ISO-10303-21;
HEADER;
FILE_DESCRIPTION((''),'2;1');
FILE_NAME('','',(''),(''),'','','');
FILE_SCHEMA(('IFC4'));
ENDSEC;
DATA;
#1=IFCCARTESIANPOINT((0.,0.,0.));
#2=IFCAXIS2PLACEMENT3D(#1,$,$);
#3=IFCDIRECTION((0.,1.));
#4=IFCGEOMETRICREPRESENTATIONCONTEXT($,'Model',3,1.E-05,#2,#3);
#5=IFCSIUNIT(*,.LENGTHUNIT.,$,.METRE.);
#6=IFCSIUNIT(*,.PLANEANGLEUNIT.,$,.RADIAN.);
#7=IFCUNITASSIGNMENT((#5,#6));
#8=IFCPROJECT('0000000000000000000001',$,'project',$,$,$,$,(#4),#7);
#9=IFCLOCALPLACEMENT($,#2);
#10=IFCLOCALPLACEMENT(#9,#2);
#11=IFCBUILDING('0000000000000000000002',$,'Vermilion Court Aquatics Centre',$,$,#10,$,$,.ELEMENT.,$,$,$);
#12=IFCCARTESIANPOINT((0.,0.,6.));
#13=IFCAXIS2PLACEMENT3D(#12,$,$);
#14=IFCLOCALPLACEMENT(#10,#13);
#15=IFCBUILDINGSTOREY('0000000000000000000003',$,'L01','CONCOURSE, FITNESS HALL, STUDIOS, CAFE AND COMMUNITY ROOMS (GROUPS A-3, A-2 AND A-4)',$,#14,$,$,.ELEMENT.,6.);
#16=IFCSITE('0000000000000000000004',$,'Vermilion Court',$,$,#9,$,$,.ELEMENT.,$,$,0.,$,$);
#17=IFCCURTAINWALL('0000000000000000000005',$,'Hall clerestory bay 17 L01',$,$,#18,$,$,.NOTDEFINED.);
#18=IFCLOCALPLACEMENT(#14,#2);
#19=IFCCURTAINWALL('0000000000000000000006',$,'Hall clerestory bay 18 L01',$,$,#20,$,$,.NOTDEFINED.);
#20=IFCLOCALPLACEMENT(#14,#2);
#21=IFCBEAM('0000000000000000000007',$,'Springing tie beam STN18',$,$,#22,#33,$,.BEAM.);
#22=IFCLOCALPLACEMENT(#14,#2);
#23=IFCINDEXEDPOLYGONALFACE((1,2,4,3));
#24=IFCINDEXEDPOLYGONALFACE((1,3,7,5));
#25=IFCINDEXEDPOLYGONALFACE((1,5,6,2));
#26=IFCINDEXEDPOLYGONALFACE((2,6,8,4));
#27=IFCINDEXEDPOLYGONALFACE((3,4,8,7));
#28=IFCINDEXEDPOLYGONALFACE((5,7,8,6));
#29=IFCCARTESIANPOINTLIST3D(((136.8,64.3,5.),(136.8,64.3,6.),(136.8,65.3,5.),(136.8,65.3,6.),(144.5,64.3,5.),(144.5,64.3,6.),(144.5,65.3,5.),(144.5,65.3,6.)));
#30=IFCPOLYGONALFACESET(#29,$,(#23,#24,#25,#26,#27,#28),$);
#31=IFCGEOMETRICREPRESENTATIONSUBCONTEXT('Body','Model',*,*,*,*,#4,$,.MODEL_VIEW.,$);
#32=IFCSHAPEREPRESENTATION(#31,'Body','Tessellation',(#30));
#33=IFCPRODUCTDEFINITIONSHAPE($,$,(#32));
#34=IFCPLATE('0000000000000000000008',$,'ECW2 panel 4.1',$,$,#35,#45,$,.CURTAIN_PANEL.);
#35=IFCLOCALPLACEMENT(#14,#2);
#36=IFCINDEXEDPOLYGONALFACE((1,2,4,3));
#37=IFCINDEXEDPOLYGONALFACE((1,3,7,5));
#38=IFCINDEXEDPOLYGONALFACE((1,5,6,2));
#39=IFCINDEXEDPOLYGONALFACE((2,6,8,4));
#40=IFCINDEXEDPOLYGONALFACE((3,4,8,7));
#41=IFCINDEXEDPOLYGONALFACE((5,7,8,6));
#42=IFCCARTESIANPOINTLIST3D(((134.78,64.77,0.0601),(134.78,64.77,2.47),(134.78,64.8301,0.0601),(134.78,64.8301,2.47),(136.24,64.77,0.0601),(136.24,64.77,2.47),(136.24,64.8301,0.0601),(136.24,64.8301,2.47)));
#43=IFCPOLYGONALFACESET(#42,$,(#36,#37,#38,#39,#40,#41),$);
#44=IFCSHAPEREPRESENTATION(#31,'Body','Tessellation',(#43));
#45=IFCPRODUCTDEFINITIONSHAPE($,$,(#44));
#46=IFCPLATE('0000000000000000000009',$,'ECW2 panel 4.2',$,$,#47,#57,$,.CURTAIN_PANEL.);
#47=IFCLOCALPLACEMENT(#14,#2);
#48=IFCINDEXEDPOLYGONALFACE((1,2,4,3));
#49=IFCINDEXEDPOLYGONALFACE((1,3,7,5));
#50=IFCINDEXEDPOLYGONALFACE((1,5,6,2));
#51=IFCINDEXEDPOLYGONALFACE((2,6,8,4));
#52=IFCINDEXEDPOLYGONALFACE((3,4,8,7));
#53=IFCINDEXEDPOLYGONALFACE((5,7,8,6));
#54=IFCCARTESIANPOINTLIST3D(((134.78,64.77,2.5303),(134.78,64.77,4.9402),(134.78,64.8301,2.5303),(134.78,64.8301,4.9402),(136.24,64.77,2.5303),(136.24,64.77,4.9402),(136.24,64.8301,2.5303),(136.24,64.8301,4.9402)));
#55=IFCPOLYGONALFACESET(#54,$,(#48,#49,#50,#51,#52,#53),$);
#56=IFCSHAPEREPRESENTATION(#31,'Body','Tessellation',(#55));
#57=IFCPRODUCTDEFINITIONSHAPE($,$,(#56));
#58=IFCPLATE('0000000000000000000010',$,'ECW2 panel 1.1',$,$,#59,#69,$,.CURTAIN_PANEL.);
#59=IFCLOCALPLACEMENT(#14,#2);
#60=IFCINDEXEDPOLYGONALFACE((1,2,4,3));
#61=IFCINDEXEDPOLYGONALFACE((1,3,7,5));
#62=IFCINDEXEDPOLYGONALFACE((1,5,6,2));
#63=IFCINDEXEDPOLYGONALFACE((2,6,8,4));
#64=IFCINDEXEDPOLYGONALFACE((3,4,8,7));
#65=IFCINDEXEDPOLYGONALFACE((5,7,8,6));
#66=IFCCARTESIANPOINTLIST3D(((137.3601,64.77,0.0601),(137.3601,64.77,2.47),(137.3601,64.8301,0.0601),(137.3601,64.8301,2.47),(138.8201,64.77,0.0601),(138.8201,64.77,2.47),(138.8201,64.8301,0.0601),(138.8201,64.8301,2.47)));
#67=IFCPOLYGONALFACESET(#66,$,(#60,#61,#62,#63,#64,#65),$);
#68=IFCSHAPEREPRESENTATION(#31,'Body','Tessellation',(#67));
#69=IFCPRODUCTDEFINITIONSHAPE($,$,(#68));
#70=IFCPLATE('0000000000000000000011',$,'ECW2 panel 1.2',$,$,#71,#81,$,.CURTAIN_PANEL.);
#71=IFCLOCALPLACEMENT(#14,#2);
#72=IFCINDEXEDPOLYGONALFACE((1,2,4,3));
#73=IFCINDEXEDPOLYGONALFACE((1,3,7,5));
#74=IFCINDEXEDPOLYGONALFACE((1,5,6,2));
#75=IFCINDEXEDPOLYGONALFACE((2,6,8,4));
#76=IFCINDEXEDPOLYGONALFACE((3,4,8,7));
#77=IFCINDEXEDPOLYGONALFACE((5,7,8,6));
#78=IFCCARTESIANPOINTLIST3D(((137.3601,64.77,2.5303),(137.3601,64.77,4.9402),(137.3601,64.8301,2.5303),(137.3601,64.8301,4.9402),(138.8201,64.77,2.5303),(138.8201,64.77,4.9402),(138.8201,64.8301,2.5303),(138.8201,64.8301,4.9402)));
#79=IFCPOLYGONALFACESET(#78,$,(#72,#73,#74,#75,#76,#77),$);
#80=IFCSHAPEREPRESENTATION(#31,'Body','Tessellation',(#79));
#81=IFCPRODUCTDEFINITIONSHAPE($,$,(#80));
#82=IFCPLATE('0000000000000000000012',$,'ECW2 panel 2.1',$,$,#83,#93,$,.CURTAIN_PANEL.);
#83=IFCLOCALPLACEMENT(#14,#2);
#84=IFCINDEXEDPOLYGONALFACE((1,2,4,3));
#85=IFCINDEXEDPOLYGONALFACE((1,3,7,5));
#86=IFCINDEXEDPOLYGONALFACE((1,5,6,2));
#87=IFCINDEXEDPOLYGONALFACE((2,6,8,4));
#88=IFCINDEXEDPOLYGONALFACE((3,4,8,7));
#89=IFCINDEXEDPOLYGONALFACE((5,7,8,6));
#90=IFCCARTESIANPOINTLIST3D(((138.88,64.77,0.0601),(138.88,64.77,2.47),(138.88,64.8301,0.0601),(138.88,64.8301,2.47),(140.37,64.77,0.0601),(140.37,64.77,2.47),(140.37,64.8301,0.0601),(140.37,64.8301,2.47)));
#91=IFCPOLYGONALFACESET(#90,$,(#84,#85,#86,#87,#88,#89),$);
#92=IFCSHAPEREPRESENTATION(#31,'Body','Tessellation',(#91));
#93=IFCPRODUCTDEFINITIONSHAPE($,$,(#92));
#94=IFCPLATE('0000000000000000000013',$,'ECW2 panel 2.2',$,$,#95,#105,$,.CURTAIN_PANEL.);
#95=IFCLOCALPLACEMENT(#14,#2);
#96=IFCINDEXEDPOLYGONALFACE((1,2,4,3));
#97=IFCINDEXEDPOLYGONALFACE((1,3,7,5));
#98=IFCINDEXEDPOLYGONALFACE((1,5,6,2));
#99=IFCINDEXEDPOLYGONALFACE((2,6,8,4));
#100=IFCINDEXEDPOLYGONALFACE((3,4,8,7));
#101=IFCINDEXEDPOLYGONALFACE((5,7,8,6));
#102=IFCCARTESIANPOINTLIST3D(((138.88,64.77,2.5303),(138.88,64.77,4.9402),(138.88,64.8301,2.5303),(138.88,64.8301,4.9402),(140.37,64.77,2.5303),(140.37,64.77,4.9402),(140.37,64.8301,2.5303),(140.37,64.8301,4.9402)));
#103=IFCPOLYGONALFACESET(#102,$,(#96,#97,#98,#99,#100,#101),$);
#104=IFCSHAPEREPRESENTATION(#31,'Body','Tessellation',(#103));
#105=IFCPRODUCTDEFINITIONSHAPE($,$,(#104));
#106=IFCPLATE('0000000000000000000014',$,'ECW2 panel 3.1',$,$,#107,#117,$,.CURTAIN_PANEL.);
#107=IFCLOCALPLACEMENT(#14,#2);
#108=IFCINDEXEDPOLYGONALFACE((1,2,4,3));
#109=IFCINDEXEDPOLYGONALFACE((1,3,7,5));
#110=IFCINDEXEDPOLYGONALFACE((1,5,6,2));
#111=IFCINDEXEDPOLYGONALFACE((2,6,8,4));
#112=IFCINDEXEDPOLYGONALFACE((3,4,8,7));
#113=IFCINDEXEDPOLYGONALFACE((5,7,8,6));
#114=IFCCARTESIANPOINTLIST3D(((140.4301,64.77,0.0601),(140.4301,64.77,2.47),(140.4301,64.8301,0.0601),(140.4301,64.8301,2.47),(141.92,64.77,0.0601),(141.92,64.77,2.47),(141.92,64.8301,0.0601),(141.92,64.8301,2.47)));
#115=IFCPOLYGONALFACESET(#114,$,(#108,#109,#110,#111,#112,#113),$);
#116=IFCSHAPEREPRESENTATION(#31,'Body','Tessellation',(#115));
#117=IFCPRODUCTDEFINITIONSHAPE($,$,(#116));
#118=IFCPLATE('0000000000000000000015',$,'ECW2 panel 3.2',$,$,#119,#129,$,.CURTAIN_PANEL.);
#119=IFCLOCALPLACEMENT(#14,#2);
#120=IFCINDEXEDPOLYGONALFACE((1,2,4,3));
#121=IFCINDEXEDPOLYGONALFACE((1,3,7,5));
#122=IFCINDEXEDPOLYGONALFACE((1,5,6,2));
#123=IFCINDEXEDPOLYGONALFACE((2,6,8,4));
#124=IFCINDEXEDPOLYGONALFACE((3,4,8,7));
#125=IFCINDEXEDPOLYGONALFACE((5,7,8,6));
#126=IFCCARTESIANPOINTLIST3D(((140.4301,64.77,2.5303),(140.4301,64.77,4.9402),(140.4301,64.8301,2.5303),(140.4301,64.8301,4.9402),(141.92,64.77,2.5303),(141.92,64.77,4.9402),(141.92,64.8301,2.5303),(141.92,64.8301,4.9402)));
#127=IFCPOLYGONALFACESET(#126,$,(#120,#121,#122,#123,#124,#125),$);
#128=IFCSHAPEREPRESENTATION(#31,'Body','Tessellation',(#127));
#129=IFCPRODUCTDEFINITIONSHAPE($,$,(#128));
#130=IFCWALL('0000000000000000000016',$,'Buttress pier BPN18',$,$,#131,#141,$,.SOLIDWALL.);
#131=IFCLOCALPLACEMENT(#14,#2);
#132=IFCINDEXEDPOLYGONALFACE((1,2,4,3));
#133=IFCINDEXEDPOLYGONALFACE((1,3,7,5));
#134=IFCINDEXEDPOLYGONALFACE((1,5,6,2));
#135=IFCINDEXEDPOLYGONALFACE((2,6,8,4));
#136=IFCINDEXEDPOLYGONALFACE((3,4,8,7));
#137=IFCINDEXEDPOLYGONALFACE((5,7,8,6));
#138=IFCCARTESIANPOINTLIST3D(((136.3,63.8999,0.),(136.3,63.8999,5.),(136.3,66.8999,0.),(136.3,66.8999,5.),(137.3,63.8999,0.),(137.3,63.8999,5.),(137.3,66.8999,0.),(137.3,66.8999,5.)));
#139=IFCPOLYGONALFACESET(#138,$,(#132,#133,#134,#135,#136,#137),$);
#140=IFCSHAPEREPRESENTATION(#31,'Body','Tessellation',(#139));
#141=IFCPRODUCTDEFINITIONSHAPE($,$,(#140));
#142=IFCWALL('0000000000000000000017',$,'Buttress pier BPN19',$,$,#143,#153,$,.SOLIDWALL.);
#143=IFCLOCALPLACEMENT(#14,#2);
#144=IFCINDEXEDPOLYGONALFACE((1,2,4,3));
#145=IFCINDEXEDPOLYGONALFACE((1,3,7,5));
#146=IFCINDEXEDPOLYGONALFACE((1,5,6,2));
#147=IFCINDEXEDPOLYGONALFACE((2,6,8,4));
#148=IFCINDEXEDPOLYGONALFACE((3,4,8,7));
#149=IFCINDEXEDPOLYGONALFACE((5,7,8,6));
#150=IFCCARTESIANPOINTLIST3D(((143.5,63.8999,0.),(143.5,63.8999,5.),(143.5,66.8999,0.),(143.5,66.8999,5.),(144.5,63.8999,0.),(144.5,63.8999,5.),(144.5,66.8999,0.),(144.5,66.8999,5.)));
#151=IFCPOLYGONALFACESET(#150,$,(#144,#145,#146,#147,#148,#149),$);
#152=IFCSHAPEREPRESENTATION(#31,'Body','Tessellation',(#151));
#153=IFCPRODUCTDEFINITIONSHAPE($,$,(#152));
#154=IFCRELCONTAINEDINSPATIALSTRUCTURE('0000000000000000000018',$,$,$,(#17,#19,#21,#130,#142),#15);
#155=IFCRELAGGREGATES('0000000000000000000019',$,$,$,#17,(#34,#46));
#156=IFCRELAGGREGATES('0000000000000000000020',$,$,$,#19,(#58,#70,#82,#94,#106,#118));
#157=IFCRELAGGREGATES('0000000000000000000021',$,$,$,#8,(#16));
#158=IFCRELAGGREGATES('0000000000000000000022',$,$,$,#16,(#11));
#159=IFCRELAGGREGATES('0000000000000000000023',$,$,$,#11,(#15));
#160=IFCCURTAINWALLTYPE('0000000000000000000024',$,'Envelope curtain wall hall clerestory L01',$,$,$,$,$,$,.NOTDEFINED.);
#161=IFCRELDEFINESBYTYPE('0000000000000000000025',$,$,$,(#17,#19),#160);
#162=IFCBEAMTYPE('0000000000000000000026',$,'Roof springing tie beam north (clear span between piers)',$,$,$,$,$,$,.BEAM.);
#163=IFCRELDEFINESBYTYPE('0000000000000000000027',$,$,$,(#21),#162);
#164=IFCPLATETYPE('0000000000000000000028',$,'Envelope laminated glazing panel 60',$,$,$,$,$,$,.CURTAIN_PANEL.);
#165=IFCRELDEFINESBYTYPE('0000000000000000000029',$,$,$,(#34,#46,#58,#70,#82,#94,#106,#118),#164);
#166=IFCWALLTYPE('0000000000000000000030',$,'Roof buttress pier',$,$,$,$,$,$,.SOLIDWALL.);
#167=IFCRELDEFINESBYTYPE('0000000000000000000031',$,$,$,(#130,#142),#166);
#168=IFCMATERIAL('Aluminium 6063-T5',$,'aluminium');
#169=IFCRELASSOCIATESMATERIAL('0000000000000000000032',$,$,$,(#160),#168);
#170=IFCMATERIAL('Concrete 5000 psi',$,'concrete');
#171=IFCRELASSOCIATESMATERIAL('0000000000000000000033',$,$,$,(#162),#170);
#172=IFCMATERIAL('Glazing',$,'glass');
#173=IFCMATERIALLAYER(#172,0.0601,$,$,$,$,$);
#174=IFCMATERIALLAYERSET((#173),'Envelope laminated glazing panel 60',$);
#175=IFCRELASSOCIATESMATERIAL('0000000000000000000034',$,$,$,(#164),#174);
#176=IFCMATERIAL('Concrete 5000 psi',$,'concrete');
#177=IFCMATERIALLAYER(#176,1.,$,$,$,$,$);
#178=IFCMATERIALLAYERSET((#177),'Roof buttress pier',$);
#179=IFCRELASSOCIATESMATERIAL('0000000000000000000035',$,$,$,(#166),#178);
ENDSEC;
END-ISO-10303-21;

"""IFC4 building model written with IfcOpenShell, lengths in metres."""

from ifc_helpers import new_model, si_unit, direction, frame, frame_2d, origin, origin_2d, place, context, subcontext, project, spatial, rectangle, extrude, material, layer, layer_set, material_profile, profile_set, type_object, element, aggregate, save


model = new_model("IFC4")

# Units and contexts
model_context = context("Model", 3, precision=1e-05, world=origin(), true_north=direction((0.0, 1.0)))
body_context = subcontext(model_context, "Body", "Model", "MODEL_VIEW")
ifc_project = project(units=[si_unit("LENGTHUNIT", "METRE"), si_unit("PLANEANGLEUNIT", "RADIAN")], contexts=[model_context])

# Site, building, storey
site_placement = place(None, origin())
site = spatial("IfcSite", under=ifc_project, at=site_placement, Name="Vermilion Court", CompositionType="ELEMENT", RefElevation=0.0)
building_placement = place(site_placement, origin())
building = spatial("IfcBuilding", under=site, at=building_placement, Name="Vermilion Court Aquatics Centre", CompositionType="ELEMENT")
storey_placement = place(building_placement, frame((0.0, 0.0, 6.0)))
storey = spatial("IfcBuildingStorey", under=building, at=storey_placement, Name="L01", Description="CONCOURSE, FITNESS HALL, STUDIOS, CAFE AND COMMUNITY ROOMS (GROUPS A-3, A-2 AND A-4)", CompositionType="ELEMENT", Elevation=6.0)

# Curtain wall
ifc_material_1 = material(Name="Aluminium 6063-T5", Category="aluminium")
curtain_wall_type = type_object("IfcCurtainWallType", Name="Envelope curtain wall hall clerestory L01", PredefinedType="NOTDEFINED", material=ifc_material_1)
curtain_wall_1_placement = place(storey_placement, origin())
curtain_wall_1 = element("IfcCurtainWall", 1, at=curtain_wall_1_placement, inside=storey, type_object=curtain_wall_type, Name="Hall clerestory bay 17 L01", PredefinedType="NOTDEFINED")

# Curtain wall
curtain_wall_2_placement = place(storey_placement, origin())
curtain_wall_2 = element("IfcCurtainWall", 2, at=curtain_wall_2_placement, inside=storey, type_object=curtain_wall_type, Name="Hall clerestory bay 18 L01", PredefinedType="NOTDEFINED")

# Beam
ifc_material_2 = material(Name="Concrete 5000 psi", Category="concrete")
ifc_material_profile_1 = material_profile(ifc_material_2, rectangle(XDim=1.0, YDim=1.0, at=origin_2d()), Name="RC 1000x1000")
ifc_profile_set_1 = profile_set([ifc_material_profile_1], Name="Concrete 5000 psi")
beam_type = type_object("IfcBeamType", Name="Roof springing tie beam north (clear span between piers)", PredefinedType="BEAM", material=ifc_profile_set_1)
beam_placement = place(storey_placement, frame((136.8, 64.8, 5.5), z_axis=(1.0, 0.0, 0.0), x_axis=(0.0, 1.0, 0.0)))
element("IfcBeam", 3, at=beam_placement, inside=storey, type_object=beam_type, Name="Springing tie beam STN18", PredefinedType="BEAM", context=body_context, shape_type="SweptSolid", body=[
    extrude(rectangle(XDim=1.0, YDim=1.0, at=origin_2d()), origin(), (0.0, 0.0, 1.0), 7.7),
])

# Plates
ifc_material_3 = material(Name="Glazing", Category="glass")
ifc_layer_1 = layer(ifc_material_3, 0.0601)
ifc_layer_set_1 = layer_set([ifc_layer_1], Name="Envelope laminated glazing panel 60")
plate_type = type_object("IfcPlateType", Name="Envelope laminated glazing panel 60", PredefinedType="CURTAIN_PANEL", material=ifc_layer_set_1)
plate_1_placement = place(storey_placement, frame((135.51, 64.8, 0.0601), z_axis=(0.0, 0.0, 1.0), x_axis=(1.0, 0.0, 0.0)))
plate_1 = element("IfcPlate", 4, at=plate_1_placement, type_object=plate_type, Name="ECW2 panel 4.1", PredefinedType="CURTAIN_PANEL", context=body_context, shape_type="SweptSolid", body=[
    extrude(rectangle(XDim=1.46, YDim=0.0601, at=origin_2d()), origin(), (0.0, 0.0, 1.0), 2.4099),
])
plate_2_placement = place(storey_placement, frame((135.51, 64.8, 2.5303), z_axis=(0.0, 0.0, 1.0), x_axis=(1.0, 0.0, 0.0)))
plate_2 = element("IfcPlate", 5, at=plate_2_placement, type_object=plate_type, Name="ECW2 panel 4.2", PredefinedType="CURTAIN_PANEL", context=body_context, shape_type="SweptSolid", body=[
    extrude(rectangle(XDim=1.46, YDim=0.0601, at=origin_2d()), origin(), (0.0, 0.0, 1.0), 2.4099),
])
aggregate(curtain_wall_1, [plate_1, plate_2])
plate_3_placement = place(storey_placement, frame((138.0901, 64.8, 0.0601), z_axis=(0.0, 0.0, 1.0), x_axis=(1.0, 0.0, 0.0)))
plate_3 = element("IfcPlate", 6, at=plate_3_placement, type_object=plate_type, Name="ECW2 panel 1.1", PredefinedType="CURTAIN_PANEL", context=body_context, shape_type="SweptSolid", body=[
    extrude(rectangle(XDim=1.46, YDim=0.0601, at=origin_2d()), origin(), (0.0, 0.0, 1.0), 2.4099),
])
plate_4_placement = place(storey_placement, frame((138.0901, 64.8, 2.5303), z_axis=(0.0, 0.0, 1.0), x_axis=(1.0, 0.0, 0.0)))
plate_4 = element("IfcPlate", 7, at=plate_4_placement, type_object=plate_type, Name="ECW2 panel 1.2", PredefinedType="CURTAIN_PANEL", context=body_context, shape_type="SweptSolid", body=[
    extrude(rectangle(XDim=1.46, YDim=0.0601, at=origin_2d()), origin(), (0.0, 0.0, 1.0), 2.4099),
])
plate_5_placement = place(storey_placement, frame((139.625, 64.8, 0.0601), z_axis=(0.0, 0.0, 1.0), x_axis=(1.0, 0.0, 0.0)))
plate_5 = element("IfcPlate", 8, at=plate_5_placement, type_object=plate_type, Name="ECW2 panel 2.1", PredefinedType="CURTAIN_PANEL", context=body_context, shape_type="SweptSolid", body=[
    extrude(rectangle(XDim=1.49, YDim=0.0601, at=origin_2d()), origin(), (0.0, 0.0, 1.0), 2.4099),
])
plate_6_placement = place(storey_placement, frame((139.625, 64.8, 2.5303), z_axis=(0.0, 0.0, 1.0), x_axis=(1.0, 0.0, 0.0)))
plate_6 = element("IfcPlate", 9, at=plate_6_placement, type_object=plate_type, Name="ECW2 panel 2.2", PredefinedType="CURTAIN_PANEL", context=body_context, shape_type="SweptSolid", body=[
    extrude(rectangle(XDim=1.49, YDim=0.0601, at=origin_2d()), origin(), (0.0, 0.0, 1.0), 2.4099),
])
plate_7_placement = place(storey_placement, frame((141.175, 64.8, 0.0601), z_axis=(0.0, 0.0, 1.0), x_axis=(1.0, 0.0, 0.0)))
plate_7 = element("IfcPlate", 10, at=plate_7_placement, type_object=plate_type, Name="ECW2 panel 3.1", PredefinedType="CURTAIN_PANEL", context=body_context, shape_type="SweptSolid", body=[
    extrude(rectangle(XDim=1.49, YDim=0.0601, at=origin_2d()), origin(), (0.0, 0.0, 1.0), 2.4099),
])
plate_8_placement = place(storey_placement, frame((141.175, 64.8, 2.5303), z_axis=(0.0, 0.0, 1.0), x_axis=(1.0, 0.0, 0.0)))
plate_8 = element("IfcPlate", 11, at=plate_8_placement, type_object=plate_type, Name="ECW2 panel 3.2", PredefinedType="CURTAIN_PANEL", context=body_context, shape_type="SweptSolid", body=[
    extrude(rectangle(XDim=1.49, YDim=0.0601, at=origin_2d()), origin(), (0.0, 0.0, 1.0), 2.4099),
])
aggregate(curtain_wall_2, [plate_3, plate_4, plate_5, plate_6, plate_7, plate_8])

# Walls
ifc_material_4 = material(Name="Concrete 5000 psi", Category="concrete")
ifc_layer_2 = layer(ifc_material_4, 1.0)
ifc_layer_set_2 = layer_set([ifc_layer_2], Name="Roof buttress pier")
wall_type = type_object("IfcWallType", Name="Roof buttress pier", PredefinedType="SOLIDWALL", material=ifc_layer_set_2)
for number, where, z_axis, x_axis, name in (
    (12, (136.8, 63.8999, 0.0), (0.0, 0.0, 1.0), (0.0, 1.0, 0.0), "Buttress pier BPN18"),
    (13, (144.0, 63.8999, 0.0), (0.0, 0.0, 1.0), (0.0, 1.0, 0.0), "Buttress pier BPN19"),
):
    element("IfcWall", number, at=place(storey_placement, frame(where, z_axis=z_axis, x_axis=x_axis)), inside=storey, type_object=wall_type, Name=name, PredefinedType="SOLIDWALL", context=body_context, shape_type="SweptSolid", body=[
        extrude(rectangle(XDim=3.0, YDim=1.0, at=frame_2d((1.5, 0.0))), origin(), (0.0, 0.0, 1.0), 5.0),
    ])

save(model, "model.ifc")
